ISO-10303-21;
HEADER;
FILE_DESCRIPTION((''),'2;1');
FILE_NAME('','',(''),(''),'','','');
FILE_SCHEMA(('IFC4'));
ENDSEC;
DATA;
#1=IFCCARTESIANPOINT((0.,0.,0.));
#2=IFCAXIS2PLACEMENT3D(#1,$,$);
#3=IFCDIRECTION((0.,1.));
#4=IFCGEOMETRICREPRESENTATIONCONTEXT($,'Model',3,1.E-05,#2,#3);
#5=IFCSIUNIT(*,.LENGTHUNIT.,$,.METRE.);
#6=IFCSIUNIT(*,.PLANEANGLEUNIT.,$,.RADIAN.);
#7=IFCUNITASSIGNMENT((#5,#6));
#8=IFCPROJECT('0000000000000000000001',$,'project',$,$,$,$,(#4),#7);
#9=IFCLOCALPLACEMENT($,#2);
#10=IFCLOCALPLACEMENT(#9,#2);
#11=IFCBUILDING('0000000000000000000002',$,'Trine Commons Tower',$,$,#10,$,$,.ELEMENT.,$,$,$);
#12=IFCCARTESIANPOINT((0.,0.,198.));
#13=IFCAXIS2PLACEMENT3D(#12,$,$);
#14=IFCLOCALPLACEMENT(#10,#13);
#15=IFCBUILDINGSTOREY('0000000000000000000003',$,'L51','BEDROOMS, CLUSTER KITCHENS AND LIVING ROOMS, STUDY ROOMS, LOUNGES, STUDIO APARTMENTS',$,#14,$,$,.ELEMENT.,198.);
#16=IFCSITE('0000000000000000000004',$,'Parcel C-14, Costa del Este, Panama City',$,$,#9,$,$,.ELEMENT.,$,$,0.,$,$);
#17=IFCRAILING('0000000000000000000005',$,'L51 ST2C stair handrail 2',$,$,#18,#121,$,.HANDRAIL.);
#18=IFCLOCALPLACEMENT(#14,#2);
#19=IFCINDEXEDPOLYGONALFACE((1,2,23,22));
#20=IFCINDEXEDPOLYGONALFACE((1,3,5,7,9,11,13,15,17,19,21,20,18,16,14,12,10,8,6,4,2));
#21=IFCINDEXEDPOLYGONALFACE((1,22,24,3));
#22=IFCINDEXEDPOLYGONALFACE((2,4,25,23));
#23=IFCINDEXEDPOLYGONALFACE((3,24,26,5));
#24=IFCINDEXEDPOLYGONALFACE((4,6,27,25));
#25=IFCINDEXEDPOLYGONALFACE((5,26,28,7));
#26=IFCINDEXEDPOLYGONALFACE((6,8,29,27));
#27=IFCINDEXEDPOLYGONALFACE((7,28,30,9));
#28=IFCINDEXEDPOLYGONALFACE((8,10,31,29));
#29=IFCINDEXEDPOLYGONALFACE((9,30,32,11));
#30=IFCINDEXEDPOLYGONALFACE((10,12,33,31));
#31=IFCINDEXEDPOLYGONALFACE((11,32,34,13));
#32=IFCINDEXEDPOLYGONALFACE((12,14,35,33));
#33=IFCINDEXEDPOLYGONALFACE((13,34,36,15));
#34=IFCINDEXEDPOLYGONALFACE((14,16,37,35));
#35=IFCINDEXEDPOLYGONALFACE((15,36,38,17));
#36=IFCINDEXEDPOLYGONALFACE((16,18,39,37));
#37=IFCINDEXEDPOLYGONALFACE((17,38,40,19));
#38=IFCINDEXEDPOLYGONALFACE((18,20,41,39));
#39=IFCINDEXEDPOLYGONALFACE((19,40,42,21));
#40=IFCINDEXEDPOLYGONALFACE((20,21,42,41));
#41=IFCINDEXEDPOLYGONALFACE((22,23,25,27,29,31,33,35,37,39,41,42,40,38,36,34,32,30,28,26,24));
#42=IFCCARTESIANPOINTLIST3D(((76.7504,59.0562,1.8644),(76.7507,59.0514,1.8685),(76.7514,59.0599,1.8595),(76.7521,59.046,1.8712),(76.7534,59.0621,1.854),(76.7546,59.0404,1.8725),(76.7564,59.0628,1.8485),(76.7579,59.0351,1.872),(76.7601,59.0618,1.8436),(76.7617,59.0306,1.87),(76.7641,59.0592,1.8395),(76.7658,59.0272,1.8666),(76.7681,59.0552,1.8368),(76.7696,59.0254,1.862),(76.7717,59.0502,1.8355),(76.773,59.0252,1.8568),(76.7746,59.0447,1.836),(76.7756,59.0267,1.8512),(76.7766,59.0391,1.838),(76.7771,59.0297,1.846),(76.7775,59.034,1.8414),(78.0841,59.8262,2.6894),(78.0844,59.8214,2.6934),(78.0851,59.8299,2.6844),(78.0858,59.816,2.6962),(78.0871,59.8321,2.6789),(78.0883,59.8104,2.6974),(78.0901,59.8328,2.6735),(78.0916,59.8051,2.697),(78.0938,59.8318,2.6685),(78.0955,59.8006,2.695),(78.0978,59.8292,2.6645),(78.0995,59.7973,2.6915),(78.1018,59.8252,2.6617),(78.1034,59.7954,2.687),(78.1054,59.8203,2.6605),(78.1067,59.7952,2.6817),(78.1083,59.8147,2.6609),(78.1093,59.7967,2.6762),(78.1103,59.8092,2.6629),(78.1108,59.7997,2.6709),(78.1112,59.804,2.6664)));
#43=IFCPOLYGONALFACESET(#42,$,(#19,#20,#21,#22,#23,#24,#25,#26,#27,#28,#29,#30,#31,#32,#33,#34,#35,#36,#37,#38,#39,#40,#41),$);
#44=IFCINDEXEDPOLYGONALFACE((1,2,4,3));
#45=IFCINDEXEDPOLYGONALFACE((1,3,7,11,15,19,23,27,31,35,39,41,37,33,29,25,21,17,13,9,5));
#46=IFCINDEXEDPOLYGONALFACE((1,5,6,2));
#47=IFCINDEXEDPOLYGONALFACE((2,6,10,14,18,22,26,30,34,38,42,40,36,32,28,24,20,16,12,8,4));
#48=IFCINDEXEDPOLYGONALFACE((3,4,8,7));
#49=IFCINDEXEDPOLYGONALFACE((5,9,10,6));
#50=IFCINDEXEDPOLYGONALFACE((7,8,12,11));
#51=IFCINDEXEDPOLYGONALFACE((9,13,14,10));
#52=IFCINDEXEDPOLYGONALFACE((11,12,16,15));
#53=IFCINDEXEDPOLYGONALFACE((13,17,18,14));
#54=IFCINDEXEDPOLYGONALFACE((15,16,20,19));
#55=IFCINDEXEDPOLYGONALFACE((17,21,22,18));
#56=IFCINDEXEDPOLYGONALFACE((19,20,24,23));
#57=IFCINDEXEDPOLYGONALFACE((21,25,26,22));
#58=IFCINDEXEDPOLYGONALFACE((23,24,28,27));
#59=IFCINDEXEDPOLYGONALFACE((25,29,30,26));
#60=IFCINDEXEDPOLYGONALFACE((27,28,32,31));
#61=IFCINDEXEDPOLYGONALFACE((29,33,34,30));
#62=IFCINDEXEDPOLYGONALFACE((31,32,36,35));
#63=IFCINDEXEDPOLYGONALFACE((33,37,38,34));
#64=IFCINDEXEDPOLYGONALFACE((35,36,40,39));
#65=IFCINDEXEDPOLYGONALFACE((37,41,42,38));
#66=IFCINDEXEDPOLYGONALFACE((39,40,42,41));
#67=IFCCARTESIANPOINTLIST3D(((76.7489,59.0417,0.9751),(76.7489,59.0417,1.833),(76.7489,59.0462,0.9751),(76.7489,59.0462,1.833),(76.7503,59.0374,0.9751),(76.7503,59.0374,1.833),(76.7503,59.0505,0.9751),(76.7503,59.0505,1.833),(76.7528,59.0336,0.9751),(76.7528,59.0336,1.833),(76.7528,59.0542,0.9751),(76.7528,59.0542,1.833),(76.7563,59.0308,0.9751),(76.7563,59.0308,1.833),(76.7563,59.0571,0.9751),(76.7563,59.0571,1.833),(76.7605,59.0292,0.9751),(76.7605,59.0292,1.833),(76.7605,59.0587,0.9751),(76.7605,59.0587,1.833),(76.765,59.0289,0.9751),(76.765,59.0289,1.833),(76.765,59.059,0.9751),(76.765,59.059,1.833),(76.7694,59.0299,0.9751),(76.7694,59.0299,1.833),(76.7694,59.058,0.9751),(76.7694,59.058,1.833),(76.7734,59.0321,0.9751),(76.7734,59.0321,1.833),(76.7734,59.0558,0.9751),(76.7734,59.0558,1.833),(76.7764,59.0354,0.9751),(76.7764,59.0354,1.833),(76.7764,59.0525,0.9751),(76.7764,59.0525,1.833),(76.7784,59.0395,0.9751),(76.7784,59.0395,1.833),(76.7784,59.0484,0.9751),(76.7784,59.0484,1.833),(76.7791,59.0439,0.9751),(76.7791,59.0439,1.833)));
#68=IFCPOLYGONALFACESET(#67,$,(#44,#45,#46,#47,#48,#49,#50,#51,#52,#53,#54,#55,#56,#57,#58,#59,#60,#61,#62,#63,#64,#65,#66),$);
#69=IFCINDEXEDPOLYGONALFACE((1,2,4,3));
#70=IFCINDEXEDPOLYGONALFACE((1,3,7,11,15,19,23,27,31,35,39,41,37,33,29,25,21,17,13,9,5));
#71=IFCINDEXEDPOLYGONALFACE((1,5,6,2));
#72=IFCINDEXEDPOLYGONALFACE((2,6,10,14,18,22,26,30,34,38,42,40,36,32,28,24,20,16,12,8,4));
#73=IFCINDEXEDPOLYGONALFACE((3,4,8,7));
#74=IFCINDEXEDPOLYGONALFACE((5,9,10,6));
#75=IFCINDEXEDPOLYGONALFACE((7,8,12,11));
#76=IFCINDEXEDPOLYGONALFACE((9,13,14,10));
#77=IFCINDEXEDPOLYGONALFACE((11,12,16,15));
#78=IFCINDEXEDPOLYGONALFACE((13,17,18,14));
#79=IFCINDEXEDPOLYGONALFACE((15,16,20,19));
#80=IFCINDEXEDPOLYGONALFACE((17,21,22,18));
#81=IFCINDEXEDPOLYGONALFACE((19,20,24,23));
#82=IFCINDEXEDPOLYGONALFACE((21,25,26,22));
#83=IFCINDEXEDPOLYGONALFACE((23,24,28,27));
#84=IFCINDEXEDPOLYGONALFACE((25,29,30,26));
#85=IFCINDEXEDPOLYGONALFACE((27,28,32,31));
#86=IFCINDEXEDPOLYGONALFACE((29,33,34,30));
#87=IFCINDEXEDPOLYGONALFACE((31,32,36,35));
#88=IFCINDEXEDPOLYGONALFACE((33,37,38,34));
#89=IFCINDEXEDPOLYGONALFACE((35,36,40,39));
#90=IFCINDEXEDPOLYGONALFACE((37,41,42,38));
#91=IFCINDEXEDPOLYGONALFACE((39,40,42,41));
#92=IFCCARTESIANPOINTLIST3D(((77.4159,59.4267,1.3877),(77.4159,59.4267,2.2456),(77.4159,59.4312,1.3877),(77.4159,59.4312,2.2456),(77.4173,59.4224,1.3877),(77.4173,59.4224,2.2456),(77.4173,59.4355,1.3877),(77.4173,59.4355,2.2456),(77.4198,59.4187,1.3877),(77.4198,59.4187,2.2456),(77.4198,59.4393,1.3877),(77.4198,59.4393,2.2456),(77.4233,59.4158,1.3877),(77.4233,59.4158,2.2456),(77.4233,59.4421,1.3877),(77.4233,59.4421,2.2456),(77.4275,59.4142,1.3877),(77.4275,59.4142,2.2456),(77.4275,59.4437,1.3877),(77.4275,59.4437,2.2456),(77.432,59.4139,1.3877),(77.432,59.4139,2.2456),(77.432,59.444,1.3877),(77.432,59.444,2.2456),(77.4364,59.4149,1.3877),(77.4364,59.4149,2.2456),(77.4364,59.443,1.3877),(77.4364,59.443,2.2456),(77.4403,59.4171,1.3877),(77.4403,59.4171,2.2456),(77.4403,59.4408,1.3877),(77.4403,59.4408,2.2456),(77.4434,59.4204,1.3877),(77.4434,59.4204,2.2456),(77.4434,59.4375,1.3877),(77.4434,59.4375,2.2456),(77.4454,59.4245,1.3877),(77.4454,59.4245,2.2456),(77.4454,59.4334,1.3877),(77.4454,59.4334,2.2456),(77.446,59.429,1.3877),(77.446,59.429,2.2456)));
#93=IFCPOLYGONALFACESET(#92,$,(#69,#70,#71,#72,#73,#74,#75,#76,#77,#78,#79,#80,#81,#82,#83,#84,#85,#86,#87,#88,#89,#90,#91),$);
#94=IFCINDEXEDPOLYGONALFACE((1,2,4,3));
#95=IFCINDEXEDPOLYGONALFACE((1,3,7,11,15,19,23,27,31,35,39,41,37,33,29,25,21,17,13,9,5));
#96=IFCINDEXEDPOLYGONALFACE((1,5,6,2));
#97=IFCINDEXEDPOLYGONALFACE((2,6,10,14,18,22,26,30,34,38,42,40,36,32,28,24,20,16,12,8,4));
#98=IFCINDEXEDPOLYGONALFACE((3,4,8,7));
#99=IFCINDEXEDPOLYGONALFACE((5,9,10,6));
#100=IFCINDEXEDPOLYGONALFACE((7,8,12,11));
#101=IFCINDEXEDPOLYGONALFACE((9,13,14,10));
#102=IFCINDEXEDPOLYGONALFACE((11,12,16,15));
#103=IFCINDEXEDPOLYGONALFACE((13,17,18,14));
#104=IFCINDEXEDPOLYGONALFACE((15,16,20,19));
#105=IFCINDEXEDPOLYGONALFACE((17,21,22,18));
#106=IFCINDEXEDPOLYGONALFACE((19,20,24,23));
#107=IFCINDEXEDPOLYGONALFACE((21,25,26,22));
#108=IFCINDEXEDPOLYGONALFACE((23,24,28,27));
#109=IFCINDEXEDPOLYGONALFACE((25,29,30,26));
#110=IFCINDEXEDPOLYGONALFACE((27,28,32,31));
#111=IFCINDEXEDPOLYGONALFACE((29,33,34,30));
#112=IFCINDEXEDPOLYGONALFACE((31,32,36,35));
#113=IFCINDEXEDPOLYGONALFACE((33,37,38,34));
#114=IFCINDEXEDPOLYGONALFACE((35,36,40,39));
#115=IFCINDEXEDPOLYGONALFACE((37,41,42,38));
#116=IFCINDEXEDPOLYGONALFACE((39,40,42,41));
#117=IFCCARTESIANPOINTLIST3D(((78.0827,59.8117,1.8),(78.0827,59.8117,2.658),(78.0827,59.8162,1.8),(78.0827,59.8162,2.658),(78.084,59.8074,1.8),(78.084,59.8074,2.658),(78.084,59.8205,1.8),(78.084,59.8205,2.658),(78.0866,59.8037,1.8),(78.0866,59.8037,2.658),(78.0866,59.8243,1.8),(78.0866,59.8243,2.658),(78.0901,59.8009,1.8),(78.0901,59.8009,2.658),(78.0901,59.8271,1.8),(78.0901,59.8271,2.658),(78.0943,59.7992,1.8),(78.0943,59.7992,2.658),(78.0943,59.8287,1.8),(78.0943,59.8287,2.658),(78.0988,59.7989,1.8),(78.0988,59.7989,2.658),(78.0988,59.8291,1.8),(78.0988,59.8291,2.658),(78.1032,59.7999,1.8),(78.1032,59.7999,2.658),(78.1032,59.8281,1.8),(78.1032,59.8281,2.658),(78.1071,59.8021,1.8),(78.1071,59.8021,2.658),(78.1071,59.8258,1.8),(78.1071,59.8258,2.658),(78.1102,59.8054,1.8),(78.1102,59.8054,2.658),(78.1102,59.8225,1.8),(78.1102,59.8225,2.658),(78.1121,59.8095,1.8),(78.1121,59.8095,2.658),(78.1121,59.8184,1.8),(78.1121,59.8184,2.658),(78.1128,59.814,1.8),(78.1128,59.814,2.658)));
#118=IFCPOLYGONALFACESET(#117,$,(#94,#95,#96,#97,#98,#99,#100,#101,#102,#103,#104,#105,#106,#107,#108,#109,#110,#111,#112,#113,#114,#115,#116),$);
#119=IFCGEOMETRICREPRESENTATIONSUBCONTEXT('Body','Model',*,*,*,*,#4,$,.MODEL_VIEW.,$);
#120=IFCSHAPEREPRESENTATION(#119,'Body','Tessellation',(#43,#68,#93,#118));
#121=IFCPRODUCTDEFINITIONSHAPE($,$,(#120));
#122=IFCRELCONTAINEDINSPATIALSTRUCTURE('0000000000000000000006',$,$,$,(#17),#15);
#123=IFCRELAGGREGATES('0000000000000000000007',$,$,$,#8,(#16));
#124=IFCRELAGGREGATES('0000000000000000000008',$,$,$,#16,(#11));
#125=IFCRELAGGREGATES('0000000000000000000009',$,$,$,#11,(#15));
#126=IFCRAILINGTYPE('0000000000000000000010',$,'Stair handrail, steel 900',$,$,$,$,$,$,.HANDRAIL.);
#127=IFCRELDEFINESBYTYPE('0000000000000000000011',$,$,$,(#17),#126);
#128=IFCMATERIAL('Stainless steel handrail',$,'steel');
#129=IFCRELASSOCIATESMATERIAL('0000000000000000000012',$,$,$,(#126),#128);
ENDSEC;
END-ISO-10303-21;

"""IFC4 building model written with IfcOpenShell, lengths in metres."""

from ifc_helpers import new_model, si_unit, direction, frame, origin, origin_2d, place, context, subcontext, project, spatial, circle, extrude, material, type_object, element, save


model = new_model("IFC4")

# Units and contexts
model_context = context("Model", 3, precision=1e-05, world=origin(), true_north=direction((0.0, 1.0)))
body_context = subcontext(model_context, "Body", "Model", "MODEL_VIEW")
ifc_project = project(units=[si_unit("LENGTHUNIT", "METRE"), si_unit("PLANEANGLEUNIT", "RADIAN")], contexts=[model_context])

# Site, building, storey
site_placement = place(None, origin())
site = spatial("IfcSite", under=ifc_project, at=site_placement, Name="Parcel C-14, Costa del Este, Panama City", CompositionType="ELEMENT", RefElevation=0.0)
building_placement = place(site_placement, origin())
building = spatial("IfcBuilding", under=site, at=building_placement, Name="Trine Commons Tower", CompositionType="ELEMENT")
storey_placement = place(building_placement, frame((0.0, 0.0, 198.0)))
storey = spatial("IfcBuildingStorey", under=building, at=storey_placement, Name="L51", Description="BEDROOMS, CLUSTER KITCHENS AND LIVING ROOMS, STUDY ROOMS, LOUNGES, STUDIO APARTMENTS", CompositionType="ELEMENT", Elevation=198.0)

# Railing
ifc_material_1 = material(Name="Stainless steel handrail", Category="steel")
railing_type_1 = type_object("IfcRailingType", Name="Stair handrail, steel 900", PredefinedType="HANDRAIL", material=ifc_material_1)
railing_1_placement = place(storey_placement, frame((76.7639, 59.0439, 0.9751)))
element("IfcRailing", 1, at=railing_1_placement, inside=storey, type_object=railing_type_1, Name="L51 ST2C stair handrail 2", PredefinedType="HANDRAIL", context=body_context, shape_type="SweptSolid", body=[
    extrude(circle(Radius=0.021, at=origin_2d()), frame((0.0, 0.0, 0.8789), z_axis=(0.763405, 0.440743, 0.472185), x_axis=(-0.499992, 0.86603, 0.0)), (0.0, 0.0, 1.0), 1.7471),
    extrude(circle(Radius=0.0151, at=origin_2d()), origin(), (0.0, 0.0, 1.0), 0.8579),
    extrude(circle(Radius=0.0151, at=origin_2d()), frame((0.667, 0.385, 0.4126)), (0.0, 0.0, 1.0), 0.8579),
    extrude(circle(Radius=0.0151, at=origin_2d()), frame((1.3337, 0.77, 0.825)), (0.0, 0.0, 1.0), 0.8579),
])

save(model, "model.ifc")
